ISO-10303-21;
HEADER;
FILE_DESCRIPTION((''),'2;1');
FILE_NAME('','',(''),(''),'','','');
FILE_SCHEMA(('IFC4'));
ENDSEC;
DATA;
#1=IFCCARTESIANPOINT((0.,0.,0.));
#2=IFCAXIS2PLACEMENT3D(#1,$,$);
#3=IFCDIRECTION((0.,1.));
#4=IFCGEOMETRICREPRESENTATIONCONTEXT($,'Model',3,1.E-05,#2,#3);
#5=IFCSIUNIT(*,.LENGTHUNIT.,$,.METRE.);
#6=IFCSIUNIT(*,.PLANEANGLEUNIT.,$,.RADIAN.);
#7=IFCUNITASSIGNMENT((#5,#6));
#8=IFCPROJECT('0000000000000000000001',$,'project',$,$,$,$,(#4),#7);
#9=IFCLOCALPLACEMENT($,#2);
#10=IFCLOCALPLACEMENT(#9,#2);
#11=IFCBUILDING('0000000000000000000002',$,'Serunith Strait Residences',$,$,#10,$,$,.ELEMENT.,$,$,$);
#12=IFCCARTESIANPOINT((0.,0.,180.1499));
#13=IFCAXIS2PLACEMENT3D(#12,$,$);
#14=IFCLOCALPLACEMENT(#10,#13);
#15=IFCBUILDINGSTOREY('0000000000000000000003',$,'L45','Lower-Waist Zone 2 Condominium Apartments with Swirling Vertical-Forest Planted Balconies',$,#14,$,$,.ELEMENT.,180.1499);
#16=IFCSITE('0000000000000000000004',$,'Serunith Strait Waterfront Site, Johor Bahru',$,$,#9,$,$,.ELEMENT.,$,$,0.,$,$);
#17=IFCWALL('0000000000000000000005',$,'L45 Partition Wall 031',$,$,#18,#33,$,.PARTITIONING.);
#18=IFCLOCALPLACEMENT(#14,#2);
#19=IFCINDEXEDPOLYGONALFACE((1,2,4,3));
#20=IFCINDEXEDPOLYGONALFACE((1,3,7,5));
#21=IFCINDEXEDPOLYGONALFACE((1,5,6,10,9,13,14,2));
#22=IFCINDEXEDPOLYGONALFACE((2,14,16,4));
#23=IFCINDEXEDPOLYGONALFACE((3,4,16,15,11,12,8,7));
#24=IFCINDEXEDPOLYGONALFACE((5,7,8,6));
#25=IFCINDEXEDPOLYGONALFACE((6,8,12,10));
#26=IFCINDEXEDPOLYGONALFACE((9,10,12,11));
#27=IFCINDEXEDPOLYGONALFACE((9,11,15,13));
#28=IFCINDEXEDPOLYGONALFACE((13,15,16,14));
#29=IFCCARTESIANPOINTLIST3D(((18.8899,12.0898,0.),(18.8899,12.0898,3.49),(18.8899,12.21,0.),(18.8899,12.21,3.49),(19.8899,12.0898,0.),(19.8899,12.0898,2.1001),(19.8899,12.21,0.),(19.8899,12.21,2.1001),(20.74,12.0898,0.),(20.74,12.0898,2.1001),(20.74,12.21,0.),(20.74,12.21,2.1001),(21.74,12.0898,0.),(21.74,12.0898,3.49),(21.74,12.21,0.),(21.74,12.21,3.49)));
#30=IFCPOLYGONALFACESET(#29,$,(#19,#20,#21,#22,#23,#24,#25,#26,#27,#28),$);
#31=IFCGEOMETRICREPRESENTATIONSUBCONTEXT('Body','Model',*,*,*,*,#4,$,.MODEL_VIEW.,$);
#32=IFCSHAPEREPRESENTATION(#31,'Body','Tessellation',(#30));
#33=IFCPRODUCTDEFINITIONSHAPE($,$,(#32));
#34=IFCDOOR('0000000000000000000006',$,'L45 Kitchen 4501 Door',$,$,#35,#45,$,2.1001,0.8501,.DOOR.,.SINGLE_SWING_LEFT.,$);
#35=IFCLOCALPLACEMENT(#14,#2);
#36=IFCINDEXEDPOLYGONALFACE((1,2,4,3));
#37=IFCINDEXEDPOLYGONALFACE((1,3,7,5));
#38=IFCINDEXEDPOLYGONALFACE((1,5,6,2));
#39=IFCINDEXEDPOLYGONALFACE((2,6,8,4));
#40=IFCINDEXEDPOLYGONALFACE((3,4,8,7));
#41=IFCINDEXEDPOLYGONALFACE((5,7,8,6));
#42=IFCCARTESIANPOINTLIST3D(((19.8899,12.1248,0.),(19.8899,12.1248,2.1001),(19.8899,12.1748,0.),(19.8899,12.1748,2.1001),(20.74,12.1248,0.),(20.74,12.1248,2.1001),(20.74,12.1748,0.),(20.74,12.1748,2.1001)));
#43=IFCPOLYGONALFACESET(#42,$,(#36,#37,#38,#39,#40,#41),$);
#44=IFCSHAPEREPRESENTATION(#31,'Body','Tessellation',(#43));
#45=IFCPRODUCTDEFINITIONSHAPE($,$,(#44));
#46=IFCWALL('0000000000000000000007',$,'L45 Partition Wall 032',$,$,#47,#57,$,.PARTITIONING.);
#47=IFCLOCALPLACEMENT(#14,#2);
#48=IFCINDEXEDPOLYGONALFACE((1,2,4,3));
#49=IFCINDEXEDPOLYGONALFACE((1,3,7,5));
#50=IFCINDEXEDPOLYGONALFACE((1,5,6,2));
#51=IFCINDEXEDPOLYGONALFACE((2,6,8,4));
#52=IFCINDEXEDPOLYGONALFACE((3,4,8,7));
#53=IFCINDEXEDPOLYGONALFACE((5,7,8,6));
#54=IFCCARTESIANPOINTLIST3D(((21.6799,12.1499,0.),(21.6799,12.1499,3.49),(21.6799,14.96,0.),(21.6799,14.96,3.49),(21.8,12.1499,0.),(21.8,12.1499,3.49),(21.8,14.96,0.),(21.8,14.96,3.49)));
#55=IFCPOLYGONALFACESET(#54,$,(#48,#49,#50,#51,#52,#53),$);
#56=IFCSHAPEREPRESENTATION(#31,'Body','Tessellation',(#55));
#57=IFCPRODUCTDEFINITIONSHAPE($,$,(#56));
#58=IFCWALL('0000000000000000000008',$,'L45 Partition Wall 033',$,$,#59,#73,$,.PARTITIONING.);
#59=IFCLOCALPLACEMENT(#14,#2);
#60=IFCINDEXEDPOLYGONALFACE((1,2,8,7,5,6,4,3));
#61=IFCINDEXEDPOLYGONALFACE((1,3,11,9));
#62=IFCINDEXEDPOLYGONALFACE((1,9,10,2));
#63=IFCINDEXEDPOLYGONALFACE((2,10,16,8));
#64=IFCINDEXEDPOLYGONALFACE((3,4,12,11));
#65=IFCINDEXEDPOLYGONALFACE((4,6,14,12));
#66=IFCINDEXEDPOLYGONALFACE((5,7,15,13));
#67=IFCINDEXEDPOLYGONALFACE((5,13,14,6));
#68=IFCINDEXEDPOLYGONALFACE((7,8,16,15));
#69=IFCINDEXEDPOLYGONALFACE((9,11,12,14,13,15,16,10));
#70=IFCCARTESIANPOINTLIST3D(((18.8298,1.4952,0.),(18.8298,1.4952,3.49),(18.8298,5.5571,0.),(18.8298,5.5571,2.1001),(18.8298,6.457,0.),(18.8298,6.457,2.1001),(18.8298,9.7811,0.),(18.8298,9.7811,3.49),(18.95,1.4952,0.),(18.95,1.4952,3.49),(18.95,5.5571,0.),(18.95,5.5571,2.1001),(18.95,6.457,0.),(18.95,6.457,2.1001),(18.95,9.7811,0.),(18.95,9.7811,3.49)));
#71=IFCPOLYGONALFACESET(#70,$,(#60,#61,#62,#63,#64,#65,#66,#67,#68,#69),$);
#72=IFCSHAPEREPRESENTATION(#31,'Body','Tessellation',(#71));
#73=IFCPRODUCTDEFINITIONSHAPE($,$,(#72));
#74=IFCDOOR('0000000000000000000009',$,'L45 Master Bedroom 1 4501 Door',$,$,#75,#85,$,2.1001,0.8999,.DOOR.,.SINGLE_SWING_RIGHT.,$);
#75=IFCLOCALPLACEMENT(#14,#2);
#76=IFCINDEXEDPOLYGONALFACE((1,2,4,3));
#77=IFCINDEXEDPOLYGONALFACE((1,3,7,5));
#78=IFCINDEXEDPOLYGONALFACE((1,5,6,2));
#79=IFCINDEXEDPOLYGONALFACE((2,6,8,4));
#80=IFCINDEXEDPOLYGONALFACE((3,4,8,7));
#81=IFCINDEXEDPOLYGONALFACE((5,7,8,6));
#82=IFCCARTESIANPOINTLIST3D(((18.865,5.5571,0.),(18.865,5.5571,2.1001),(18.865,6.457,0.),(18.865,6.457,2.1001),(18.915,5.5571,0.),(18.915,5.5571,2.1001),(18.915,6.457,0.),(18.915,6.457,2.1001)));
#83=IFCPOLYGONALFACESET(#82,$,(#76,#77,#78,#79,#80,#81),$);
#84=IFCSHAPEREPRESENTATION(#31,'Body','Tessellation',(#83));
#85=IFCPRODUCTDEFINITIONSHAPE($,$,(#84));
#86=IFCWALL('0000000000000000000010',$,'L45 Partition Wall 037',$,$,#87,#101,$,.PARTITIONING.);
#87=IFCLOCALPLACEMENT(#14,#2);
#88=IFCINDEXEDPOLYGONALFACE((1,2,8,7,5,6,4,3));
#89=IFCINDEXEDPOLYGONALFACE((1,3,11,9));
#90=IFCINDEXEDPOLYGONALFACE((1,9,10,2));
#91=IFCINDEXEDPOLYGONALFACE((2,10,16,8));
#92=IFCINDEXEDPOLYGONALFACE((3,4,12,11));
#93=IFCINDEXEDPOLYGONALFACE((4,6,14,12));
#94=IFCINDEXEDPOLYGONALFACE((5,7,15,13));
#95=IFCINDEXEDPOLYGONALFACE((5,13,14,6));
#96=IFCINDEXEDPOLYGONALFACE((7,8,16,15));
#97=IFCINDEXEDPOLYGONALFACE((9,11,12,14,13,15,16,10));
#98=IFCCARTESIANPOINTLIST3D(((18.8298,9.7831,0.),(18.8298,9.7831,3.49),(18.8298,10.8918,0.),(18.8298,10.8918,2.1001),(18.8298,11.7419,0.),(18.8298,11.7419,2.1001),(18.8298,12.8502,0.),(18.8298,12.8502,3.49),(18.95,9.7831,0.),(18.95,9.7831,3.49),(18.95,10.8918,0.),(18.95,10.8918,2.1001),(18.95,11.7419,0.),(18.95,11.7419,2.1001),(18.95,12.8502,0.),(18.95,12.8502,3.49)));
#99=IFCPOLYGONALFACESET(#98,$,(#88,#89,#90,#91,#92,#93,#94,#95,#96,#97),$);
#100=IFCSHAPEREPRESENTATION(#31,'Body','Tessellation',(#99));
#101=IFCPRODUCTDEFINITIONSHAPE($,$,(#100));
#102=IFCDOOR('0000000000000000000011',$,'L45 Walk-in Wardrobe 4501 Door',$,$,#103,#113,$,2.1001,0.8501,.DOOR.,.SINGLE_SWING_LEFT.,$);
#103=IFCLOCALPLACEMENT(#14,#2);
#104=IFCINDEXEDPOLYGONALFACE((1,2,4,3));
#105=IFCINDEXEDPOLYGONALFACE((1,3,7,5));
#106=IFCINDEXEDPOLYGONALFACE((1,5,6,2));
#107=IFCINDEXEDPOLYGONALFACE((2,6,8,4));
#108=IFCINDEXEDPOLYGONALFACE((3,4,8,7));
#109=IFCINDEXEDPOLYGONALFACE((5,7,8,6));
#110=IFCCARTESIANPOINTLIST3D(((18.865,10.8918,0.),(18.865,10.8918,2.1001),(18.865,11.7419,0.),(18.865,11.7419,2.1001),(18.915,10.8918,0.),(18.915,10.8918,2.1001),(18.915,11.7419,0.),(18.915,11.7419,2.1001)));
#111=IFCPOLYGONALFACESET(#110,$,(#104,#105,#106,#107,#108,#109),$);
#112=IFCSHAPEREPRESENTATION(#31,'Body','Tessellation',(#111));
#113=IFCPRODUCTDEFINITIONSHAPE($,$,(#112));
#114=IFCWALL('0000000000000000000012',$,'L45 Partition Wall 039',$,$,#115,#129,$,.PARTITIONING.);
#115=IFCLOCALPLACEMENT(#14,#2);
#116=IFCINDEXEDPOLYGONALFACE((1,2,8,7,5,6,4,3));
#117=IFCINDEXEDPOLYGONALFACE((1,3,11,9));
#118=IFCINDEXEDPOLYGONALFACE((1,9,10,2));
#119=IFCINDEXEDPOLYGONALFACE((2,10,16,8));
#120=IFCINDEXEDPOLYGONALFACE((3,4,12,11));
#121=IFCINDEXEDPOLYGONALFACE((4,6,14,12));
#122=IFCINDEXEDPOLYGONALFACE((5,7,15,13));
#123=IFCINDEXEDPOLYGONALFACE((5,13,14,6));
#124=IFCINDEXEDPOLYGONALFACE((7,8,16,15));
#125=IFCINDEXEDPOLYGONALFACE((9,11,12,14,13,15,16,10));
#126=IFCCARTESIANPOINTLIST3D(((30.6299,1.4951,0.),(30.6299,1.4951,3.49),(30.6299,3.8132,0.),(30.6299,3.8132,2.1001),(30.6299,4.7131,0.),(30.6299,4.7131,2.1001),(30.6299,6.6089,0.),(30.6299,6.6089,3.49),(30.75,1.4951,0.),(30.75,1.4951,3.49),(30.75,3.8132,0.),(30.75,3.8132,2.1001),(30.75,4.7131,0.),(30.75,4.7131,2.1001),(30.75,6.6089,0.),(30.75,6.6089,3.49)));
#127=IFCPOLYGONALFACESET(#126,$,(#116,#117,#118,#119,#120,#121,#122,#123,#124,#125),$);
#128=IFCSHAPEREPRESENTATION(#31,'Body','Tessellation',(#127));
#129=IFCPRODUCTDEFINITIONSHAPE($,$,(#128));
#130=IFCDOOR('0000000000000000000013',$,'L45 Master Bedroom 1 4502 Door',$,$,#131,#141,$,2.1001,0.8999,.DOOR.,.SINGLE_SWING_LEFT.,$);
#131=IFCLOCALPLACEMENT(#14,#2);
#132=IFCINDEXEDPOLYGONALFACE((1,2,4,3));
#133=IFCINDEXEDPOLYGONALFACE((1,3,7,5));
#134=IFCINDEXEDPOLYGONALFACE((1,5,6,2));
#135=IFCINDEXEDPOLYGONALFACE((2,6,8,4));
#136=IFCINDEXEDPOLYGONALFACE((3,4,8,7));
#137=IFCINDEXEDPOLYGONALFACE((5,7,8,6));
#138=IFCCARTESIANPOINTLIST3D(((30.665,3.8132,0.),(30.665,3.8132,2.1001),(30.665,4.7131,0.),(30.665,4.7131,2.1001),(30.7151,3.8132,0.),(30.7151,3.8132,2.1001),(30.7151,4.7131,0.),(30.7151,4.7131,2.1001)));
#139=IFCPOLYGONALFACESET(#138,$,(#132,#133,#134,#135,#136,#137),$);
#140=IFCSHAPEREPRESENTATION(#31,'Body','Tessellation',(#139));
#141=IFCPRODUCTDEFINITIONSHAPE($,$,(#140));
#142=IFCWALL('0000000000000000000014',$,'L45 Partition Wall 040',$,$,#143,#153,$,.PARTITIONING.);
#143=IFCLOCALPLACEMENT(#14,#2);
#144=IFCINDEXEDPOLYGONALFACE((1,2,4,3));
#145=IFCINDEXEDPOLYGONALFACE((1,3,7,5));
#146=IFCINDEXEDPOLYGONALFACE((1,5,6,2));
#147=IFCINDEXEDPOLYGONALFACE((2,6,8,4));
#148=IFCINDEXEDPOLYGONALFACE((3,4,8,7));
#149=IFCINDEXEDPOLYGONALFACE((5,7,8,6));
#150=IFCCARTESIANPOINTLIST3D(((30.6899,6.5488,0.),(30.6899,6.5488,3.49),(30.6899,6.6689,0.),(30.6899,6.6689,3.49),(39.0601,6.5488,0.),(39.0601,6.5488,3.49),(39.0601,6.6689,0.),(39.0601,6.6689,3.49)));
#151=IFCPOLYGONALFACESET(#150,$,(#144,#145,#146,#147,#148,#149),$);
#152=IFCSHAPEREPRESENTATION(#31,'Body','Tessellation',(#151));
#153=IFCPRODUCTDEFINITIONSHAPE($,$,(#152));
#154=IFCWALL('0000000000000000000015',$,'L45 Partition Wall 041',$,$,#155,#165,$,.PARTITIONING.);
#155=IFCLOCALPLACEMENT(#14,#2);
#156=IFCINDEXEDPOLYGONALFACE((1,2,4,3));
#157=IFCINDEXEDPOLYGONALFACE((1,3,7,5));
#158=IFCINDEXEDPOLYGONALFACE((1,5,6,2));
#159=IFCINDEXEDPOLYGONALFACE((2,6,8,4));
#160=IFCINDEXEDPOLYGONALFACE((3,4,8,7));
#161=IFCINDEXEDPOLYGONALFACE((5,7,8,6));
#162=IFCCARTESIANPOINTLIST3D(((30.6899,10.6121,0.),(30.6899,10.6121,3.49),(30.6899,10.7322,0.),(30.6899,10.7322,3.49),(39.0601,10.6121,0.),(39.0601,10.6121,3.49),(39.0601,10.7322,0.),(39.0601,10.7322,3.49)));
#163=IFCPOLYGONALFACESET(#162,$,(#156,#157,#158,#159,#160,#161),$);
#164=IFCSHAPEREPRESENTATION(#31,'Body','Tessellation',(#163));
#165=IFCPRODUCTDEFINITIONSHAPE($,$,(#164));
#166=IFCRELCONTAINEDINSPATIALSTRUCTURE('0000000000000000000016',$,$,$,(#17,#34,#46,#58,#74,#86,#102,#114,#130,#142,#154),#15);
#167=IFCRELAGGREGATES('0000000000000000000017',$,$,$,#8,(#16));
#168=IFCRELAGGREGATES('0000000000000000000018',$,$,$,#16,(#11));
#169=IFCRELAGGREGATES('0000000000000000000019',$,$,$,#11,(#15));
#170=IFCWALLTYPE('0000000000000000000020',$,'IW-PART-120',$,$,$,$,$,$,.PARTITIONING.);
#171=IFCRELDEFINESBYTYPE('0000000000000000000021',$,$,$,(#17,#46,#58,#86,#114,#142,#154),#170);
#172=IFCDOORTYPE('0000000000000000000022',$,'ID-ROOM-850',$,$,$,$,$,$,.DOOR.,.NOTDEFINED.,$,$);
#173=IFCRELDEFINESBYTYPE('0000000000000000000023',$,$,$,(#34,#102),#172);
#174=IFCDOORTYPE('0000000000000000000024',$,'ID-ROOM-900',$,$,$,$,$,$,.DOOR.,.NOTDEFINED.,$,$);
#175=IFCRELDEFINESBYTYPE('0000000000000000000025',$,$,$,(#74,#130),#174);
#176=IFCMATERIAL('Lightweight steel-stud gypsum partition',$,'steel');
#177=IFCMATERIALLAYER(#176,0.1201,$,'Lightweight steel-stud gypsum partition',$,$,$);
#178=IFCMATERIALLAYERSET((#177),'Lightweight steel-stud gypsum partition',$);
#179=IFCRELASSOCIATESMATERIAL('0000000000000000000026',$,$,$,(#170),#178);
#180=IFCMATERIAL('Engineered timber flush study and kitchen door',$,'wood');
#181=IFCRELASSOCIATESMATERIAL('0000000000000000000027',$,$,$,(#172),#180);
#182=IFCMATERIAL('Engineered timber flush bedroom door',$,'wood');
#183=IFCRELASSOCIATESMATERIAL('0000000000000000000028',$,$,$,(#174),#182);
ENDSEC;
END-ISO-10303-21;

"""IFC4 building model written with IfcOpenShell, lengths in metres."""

from ifc_helpers import new_model, si_unit, direction, frame, frame_2d, origin, place, context, subcontext, project, spatial, rectangle, extrude, source, transform, mapped, material, layer, layer_set, type_object, element, fill, save


model = new_model("IFC4")

# Units and contexts
model_context = context("Model", 3, precision=1e-05, world=origin(), true_north=direction((0.0, 1.0)))
body_context = subcontext(model_context, "Body", "Model", "MODEL_VIEW")
ifc_project = project(units=[si_unit("LENGTHUNIT", "METRE"), si_unit("PLANEANGLEUNIT", "RADIAN")], contexts=[model_context])

# Site, building, storey
site_placement = place(None, origin())
site = spatial("IfcSite", under=ifc_project, at=site_placement, Name="Serunith Strait Waterfront Site, Johor Bahru", CompositionType="ELEMENT", RefElevation=0.0)
building_placement = place(site_placement, origin())
building = spatial("IfcBuilding", under=site, at=building_placement, Name="Serunith Strait Residences", CompositionType="ELEMENT")
storey_placement = place(building_placement, frame((0.0, 0.0, 180.1499)))
storey = spatial("IfcBuildingStorey", under=building, at=storey_placement, Name="L45", Description="Lower-Waist Zone 2 Condominium Apartments with Swirling Vertical-Forest Planted Balconies", CompositionType="ELEMENT", Elevation=180.1499)

# Wall, opening, door
ifc_material_1 = material(Name="Lightweight steel-stud gypsum partition", Category="steel")
ifc_layer_1 = layer(ifc_material_1, 0.1201, Name="Lightweight steel-stud gypsum partition")
ifc_layer_set_1 = layer_set([ifc_layer_1], Name="Lightweight steel-stud gypsum partition")
wall_type_1 = type_object("IfcWallType", Name="IW-PART-120", PredefinedType="PARTITIONING", material=ifc_layer_set_1)
wall_1_placement = place(storey_placement, frame((18.8899, 12.1499, 0.0), z_axis=(0.0, 0.0, 1.0), x_axis=(1.0, 0.0, 0.0)))
wall_1 = element("IfcWall", 1, at=wall_1_placement, inside=storey, type_object=wall_type_1, Name="L45 Partition Wall 031", PredefinedType="PARTITIONING", context=body_context, shape_type="SweptSolid", body=[
    extrude(rectangle(XDim=2.8501, YDim=0.1201, at=frame_2d((1.425, 0.0))), origin(), (0.0, 0.0, 1.0), 3.49),
])
opening_1_placement = place(wall_1_placement, frame((1.0, 0.0, 0.0)))
opening_1 = element("IfcOpeningElement", 2, at=opening_1_placement, cuts=wall_1, PredefinedType="OPENING", context=body_context, shape_type="SweptSolid", body=[
    extrude(rectangle(XDim=0.8501, YDim=2.1001, at=frame_2d((0.425, 1.05))), frame((0.0, 0.0701, 0.0), z_axis=(0.0, -1.0, 0.0), x_axis=(1.0, 0.0, 0.0)), (0.0, 0.0, 1.0), 0.1401),
])
ifc_material_2 = material(Name="Engineered timber flush study and kitchen door", Category="wood")
door_type_1 = type_object("IfcDoorType", Name="ID-ROOM-850", OperationType="NOTDEFINED", PredefinedType="DOOR", material=ifc_material_2)
shared_shape_1 = source(origin(), body_context, "Body", "SweptSolid", [
    extrude(rectangle(XDim=0.8501, YDim=2.1001, at=frame_2d((0.425, 1.05))), frame((0.0, 0.0249, 0.0), z_axis=(0.0, -1.0, 0.0), x_axis=(1.0, 0.0, 0.0)), (0.0, 0.0, 1.0), 0.05),
])
door_1_placement = place(opening_1_placement, origin())
door_1 = element("IfcDoor", 3, at=door_1_placement, inside=storey, type_object=door_type_1, Name="L45 Kitchen 4501 Door", OperationType="SINGLE_SWING_LEFT", OverallHeight=2.1001, OverallWidth=0.8501, PredefinedType="DOOR", context=body_context, shape_type="MappedRepresentation", body=[
    mapped(shared_shape_1, transform((0.0, 0.0, 0.0), scale=1.0)),
])
fill(opening_1, door_1)

# Wall
wall_2_placement = place(storey_placement, frame((21.74, 12.1499, 0.0), z_axis=(0.0, 0.0, 1.0), x_axis=(0.0, 1.0, 0.0)))
element("IfcWall", 4, at=wall_2_placement, inside=storey, type_object=wall_type_1, Name="L45 Partition Wall 032", PredefinedType="PARTITIONING", context=body_context, shape_type="SweptSolid", body=[
    extrude(rectangle(XDim=2.8101, YDim=0.1201, at=frame_2d((1.405, 0.0))), origin(), (0.0, 0.0, 1.0), 3.49),
])

# Walls, openings, doors
wall_3_placement = place(storey_placement, frame((18.8899, 1.4951, 0.0), z_axis=(0.0, 0.0, 1.0), x_axis=(0.0, 1.0, 0.0)))
wall_3 = element("IfcWall", 5, at=wall_3_placement, inside=storey, type_object=wall_type_1, Name="L45 Partition Wall 033", PredefinedType="PARTITIONING", context=body_context, shape_type="SweptSolid", body=[
    extrude(rectangle(XDim=8.2859, YDim=0.1201, at=frame_2d((4.1431, 0.0))), origin(), (0.0, 0.0, 1.0), 3.49),
])
opening_2_placement = place(wall_3_placement, frame((4.062, 0.0, 0.0)))
opening_2 = element("IfcOpeningElement", 6, at=opening_2_placement, cuts=wall_3, PredefinedType="OPENING", context=body_context, shape_type="SweptSolid", body=[
    extrude(rectangle(XDim=0.8999, YDim=2.1001, at=frame_2d((0.45, 1.05))), frame((0.0, 0.0701, 0.0), z_axis=(0.0, -1.0, 0.0), x_axis=(1.0, 0.0, 0.0)), (0.0, 0.0, 1.0), 0.1401),
])
ifc_material_3 = material(Name="Engineered timber flush bedroom door", Category="wood")
door_type_2 = type_object("IfcDoorType", Name="ID-ROOM-900", OperationType="NOTDEFINED", PredefinedType="DOOR", material=ifc_material_3)
shared_shape_2 = source(origin(), body_context, "Body", "SweptSolid", [
    extrude(rectangle(XDim=0.8999, YDim=2.1001, at=frame_2d((0.45, 1.05))), frame((0.0, 0.0249, 0.0), z_axis=(0.0, -1.0, 0.0), x_axis=(1.0, 0.0, 0.0)), (0.0, 0.0, 1.0), 0.05),
])
door_2_placement = place(opening_2_placement, origin())
door_2 = element("IfcDoor", 7, at=door_2_placement, inside=storey, type_object=door_type_2, Name="L45 Master Bedroom 1 4501 Door", OperationType="SINGLE_SWING_RIGHT", OverallHeight=2.1001, OverallWidth=0.8999, PredefinedType="DOOR", context=body_context, shape_type="MappedRepresentation", body=[
    mapped(shared_shape_2, transform((0.0, 0.0, 0.0), scale=1.0)),
])
fill(opening_2, door_2)
wall_4_placement = place(storey_placement, frame((18.8899, 9.783, 0.0), z_axis=(0.0, 0.0, 1.0), x_axis=(0.0, 1.0, 0.0)))
wall_4 = element("IfcWall", 8, at=wall_4_placement, inside=storey, type_object=wall_type_1, Name="L45 Partition Wall 037", PredefinedType="PARTITIONING", context=body_context, shape_type="SweptSolid", body=[
    extrude(rectangle(XDim=3.0671, YDim=0.1201, at=frame_2d((1.5337, 0.0))), origin(), (0.0, 0.0, 1.0), 3.49),
])
opening_3_placement = place(wall_4_placement, frame((1.1089, 0.0, 0.0)))
opening_3 = element("IfcOpeningElement", 9, at=opening_3_placement, cuts=wall_4, PredefinedType="OPENING", context=body_context, shape_type="SweptSolid", body=[
    extrude(rectangle(XDim=0.8501, YDim=2.1001, at=frame_2d((0.425, 1.05))), frame((0.0, 0.0701, 0.0), z_axis=(0.0, -1.0, 0.0), x_axis=(1.0, 0.0, 0.0)), (0.0, 0.0, 1.0), 0.1401),
])
door_3_placement = place(opening_3_placement, origin())
door_3 = element("IfcDoor", 10, at=door_3_placement, inside=storey, type_object=door_type_1, Name="L45 Walk-in Wardrobe 4501 Door", OperationType="SINGLE_SWING_LEFT", OverallHeight=2.1001, OverallWidth=0.8501, PredefinedType="DOOR", context=body_context, shape_type="MappedRepresentation", body=[
    mapped(shared_shape_1, transform((0.0, 0.0, 0.0), scale=1.0)),
])
fill(opening_3, door_3)
wall_5_placement = place(storey_placement, frame((30.6899, 1.4951, 0.0), z_axis=(0.0, 0.0, 1.0), x_axis=(0.0, 1.0, 0.0)))
wall_5 = element("IfcWall", 11, at=wall_5_placement, inside=storey, type_object=wall_type_1, Name="L45 Partition Wall 039", PredefinedType="PARTITIONING", context=body_context, shape_type="SweptSolid", body=[
    extrude(rectangle(XDim=5.1138, YDim=0.1201, at=frame_2d((2.5569, 0.0))), origin(), (0.0, 0.0, 1.0), 3.49),
])
opening_4_placement = place(wall_5_placement, frame((2.3181, 0.0, 0.0)))
opening_4 = element("IfcOpeningElement", 12, at=opening_4_placement, cuts=wall_5, PredefinedType="OPENING", context=body_context, shape_type="SweptSolid", body=[
    extrude(rectangle(XDim=0.8999, YDim=2.1001, at=frame_2d((0.45, 1.05))), frame((0.0, 0.0701, 0.0), z_axis=(0.0, -1.0, 0.0), x_axis=(1.0, 0.0, 0.0)), (0.0, 0.0, 1.0), 0.1401),
])
door_4_placement = place(opening_4_placement, origin())
door_4 = element("IfcDoor", 13, at=door_4_placement, inside=storey, type_object=door_type_2, Name="L45 Master Bedroom 1 4502 Door", OperationType="SINGLE_SWING_LEFT", OverallHeight=2.1001, OverallWidth=0.8999, PredefinedType="DOOR", context=body_context, shape_type="MappedRepresentation", body=[
    mapped(shared_shape_2, transform((0.0, 0.0, 0.0), scale=1.0)),
])
fill(opening_4, door_4)

# Walls
for number, where, z_axis, x_axis, name in (
    (14, (30.6899, 6.6089, 0.0), (0.0, 0.0, 1.0), (1.0, 0.0, 0.0), "L45 Partition Wall 040"),
    (15, (30.6899, 10.6721, 0.0), (0.0, 0.0, 1.0), (1.0, 0.0, 0.0), "L45 Partition Wall 041"),
):
    element("IfcWall", number, at=place(storey_placement, frame(where, z_axis=z_axis, x_axis=x_axis)), inside=storey, type_object=wall_type_1, Name=name, PredefinedType="PARTITIONING", context=body_context, shape_type="SweptSolid", body=[
        extrude(rectangle(XDim=8.3701, YDim=0.1201, at=frame_2d((4.1851, 0.0))), origin(), (0.0, 0.0, 1.0), 3.49),
    ])

save(model, "model.ifc")
